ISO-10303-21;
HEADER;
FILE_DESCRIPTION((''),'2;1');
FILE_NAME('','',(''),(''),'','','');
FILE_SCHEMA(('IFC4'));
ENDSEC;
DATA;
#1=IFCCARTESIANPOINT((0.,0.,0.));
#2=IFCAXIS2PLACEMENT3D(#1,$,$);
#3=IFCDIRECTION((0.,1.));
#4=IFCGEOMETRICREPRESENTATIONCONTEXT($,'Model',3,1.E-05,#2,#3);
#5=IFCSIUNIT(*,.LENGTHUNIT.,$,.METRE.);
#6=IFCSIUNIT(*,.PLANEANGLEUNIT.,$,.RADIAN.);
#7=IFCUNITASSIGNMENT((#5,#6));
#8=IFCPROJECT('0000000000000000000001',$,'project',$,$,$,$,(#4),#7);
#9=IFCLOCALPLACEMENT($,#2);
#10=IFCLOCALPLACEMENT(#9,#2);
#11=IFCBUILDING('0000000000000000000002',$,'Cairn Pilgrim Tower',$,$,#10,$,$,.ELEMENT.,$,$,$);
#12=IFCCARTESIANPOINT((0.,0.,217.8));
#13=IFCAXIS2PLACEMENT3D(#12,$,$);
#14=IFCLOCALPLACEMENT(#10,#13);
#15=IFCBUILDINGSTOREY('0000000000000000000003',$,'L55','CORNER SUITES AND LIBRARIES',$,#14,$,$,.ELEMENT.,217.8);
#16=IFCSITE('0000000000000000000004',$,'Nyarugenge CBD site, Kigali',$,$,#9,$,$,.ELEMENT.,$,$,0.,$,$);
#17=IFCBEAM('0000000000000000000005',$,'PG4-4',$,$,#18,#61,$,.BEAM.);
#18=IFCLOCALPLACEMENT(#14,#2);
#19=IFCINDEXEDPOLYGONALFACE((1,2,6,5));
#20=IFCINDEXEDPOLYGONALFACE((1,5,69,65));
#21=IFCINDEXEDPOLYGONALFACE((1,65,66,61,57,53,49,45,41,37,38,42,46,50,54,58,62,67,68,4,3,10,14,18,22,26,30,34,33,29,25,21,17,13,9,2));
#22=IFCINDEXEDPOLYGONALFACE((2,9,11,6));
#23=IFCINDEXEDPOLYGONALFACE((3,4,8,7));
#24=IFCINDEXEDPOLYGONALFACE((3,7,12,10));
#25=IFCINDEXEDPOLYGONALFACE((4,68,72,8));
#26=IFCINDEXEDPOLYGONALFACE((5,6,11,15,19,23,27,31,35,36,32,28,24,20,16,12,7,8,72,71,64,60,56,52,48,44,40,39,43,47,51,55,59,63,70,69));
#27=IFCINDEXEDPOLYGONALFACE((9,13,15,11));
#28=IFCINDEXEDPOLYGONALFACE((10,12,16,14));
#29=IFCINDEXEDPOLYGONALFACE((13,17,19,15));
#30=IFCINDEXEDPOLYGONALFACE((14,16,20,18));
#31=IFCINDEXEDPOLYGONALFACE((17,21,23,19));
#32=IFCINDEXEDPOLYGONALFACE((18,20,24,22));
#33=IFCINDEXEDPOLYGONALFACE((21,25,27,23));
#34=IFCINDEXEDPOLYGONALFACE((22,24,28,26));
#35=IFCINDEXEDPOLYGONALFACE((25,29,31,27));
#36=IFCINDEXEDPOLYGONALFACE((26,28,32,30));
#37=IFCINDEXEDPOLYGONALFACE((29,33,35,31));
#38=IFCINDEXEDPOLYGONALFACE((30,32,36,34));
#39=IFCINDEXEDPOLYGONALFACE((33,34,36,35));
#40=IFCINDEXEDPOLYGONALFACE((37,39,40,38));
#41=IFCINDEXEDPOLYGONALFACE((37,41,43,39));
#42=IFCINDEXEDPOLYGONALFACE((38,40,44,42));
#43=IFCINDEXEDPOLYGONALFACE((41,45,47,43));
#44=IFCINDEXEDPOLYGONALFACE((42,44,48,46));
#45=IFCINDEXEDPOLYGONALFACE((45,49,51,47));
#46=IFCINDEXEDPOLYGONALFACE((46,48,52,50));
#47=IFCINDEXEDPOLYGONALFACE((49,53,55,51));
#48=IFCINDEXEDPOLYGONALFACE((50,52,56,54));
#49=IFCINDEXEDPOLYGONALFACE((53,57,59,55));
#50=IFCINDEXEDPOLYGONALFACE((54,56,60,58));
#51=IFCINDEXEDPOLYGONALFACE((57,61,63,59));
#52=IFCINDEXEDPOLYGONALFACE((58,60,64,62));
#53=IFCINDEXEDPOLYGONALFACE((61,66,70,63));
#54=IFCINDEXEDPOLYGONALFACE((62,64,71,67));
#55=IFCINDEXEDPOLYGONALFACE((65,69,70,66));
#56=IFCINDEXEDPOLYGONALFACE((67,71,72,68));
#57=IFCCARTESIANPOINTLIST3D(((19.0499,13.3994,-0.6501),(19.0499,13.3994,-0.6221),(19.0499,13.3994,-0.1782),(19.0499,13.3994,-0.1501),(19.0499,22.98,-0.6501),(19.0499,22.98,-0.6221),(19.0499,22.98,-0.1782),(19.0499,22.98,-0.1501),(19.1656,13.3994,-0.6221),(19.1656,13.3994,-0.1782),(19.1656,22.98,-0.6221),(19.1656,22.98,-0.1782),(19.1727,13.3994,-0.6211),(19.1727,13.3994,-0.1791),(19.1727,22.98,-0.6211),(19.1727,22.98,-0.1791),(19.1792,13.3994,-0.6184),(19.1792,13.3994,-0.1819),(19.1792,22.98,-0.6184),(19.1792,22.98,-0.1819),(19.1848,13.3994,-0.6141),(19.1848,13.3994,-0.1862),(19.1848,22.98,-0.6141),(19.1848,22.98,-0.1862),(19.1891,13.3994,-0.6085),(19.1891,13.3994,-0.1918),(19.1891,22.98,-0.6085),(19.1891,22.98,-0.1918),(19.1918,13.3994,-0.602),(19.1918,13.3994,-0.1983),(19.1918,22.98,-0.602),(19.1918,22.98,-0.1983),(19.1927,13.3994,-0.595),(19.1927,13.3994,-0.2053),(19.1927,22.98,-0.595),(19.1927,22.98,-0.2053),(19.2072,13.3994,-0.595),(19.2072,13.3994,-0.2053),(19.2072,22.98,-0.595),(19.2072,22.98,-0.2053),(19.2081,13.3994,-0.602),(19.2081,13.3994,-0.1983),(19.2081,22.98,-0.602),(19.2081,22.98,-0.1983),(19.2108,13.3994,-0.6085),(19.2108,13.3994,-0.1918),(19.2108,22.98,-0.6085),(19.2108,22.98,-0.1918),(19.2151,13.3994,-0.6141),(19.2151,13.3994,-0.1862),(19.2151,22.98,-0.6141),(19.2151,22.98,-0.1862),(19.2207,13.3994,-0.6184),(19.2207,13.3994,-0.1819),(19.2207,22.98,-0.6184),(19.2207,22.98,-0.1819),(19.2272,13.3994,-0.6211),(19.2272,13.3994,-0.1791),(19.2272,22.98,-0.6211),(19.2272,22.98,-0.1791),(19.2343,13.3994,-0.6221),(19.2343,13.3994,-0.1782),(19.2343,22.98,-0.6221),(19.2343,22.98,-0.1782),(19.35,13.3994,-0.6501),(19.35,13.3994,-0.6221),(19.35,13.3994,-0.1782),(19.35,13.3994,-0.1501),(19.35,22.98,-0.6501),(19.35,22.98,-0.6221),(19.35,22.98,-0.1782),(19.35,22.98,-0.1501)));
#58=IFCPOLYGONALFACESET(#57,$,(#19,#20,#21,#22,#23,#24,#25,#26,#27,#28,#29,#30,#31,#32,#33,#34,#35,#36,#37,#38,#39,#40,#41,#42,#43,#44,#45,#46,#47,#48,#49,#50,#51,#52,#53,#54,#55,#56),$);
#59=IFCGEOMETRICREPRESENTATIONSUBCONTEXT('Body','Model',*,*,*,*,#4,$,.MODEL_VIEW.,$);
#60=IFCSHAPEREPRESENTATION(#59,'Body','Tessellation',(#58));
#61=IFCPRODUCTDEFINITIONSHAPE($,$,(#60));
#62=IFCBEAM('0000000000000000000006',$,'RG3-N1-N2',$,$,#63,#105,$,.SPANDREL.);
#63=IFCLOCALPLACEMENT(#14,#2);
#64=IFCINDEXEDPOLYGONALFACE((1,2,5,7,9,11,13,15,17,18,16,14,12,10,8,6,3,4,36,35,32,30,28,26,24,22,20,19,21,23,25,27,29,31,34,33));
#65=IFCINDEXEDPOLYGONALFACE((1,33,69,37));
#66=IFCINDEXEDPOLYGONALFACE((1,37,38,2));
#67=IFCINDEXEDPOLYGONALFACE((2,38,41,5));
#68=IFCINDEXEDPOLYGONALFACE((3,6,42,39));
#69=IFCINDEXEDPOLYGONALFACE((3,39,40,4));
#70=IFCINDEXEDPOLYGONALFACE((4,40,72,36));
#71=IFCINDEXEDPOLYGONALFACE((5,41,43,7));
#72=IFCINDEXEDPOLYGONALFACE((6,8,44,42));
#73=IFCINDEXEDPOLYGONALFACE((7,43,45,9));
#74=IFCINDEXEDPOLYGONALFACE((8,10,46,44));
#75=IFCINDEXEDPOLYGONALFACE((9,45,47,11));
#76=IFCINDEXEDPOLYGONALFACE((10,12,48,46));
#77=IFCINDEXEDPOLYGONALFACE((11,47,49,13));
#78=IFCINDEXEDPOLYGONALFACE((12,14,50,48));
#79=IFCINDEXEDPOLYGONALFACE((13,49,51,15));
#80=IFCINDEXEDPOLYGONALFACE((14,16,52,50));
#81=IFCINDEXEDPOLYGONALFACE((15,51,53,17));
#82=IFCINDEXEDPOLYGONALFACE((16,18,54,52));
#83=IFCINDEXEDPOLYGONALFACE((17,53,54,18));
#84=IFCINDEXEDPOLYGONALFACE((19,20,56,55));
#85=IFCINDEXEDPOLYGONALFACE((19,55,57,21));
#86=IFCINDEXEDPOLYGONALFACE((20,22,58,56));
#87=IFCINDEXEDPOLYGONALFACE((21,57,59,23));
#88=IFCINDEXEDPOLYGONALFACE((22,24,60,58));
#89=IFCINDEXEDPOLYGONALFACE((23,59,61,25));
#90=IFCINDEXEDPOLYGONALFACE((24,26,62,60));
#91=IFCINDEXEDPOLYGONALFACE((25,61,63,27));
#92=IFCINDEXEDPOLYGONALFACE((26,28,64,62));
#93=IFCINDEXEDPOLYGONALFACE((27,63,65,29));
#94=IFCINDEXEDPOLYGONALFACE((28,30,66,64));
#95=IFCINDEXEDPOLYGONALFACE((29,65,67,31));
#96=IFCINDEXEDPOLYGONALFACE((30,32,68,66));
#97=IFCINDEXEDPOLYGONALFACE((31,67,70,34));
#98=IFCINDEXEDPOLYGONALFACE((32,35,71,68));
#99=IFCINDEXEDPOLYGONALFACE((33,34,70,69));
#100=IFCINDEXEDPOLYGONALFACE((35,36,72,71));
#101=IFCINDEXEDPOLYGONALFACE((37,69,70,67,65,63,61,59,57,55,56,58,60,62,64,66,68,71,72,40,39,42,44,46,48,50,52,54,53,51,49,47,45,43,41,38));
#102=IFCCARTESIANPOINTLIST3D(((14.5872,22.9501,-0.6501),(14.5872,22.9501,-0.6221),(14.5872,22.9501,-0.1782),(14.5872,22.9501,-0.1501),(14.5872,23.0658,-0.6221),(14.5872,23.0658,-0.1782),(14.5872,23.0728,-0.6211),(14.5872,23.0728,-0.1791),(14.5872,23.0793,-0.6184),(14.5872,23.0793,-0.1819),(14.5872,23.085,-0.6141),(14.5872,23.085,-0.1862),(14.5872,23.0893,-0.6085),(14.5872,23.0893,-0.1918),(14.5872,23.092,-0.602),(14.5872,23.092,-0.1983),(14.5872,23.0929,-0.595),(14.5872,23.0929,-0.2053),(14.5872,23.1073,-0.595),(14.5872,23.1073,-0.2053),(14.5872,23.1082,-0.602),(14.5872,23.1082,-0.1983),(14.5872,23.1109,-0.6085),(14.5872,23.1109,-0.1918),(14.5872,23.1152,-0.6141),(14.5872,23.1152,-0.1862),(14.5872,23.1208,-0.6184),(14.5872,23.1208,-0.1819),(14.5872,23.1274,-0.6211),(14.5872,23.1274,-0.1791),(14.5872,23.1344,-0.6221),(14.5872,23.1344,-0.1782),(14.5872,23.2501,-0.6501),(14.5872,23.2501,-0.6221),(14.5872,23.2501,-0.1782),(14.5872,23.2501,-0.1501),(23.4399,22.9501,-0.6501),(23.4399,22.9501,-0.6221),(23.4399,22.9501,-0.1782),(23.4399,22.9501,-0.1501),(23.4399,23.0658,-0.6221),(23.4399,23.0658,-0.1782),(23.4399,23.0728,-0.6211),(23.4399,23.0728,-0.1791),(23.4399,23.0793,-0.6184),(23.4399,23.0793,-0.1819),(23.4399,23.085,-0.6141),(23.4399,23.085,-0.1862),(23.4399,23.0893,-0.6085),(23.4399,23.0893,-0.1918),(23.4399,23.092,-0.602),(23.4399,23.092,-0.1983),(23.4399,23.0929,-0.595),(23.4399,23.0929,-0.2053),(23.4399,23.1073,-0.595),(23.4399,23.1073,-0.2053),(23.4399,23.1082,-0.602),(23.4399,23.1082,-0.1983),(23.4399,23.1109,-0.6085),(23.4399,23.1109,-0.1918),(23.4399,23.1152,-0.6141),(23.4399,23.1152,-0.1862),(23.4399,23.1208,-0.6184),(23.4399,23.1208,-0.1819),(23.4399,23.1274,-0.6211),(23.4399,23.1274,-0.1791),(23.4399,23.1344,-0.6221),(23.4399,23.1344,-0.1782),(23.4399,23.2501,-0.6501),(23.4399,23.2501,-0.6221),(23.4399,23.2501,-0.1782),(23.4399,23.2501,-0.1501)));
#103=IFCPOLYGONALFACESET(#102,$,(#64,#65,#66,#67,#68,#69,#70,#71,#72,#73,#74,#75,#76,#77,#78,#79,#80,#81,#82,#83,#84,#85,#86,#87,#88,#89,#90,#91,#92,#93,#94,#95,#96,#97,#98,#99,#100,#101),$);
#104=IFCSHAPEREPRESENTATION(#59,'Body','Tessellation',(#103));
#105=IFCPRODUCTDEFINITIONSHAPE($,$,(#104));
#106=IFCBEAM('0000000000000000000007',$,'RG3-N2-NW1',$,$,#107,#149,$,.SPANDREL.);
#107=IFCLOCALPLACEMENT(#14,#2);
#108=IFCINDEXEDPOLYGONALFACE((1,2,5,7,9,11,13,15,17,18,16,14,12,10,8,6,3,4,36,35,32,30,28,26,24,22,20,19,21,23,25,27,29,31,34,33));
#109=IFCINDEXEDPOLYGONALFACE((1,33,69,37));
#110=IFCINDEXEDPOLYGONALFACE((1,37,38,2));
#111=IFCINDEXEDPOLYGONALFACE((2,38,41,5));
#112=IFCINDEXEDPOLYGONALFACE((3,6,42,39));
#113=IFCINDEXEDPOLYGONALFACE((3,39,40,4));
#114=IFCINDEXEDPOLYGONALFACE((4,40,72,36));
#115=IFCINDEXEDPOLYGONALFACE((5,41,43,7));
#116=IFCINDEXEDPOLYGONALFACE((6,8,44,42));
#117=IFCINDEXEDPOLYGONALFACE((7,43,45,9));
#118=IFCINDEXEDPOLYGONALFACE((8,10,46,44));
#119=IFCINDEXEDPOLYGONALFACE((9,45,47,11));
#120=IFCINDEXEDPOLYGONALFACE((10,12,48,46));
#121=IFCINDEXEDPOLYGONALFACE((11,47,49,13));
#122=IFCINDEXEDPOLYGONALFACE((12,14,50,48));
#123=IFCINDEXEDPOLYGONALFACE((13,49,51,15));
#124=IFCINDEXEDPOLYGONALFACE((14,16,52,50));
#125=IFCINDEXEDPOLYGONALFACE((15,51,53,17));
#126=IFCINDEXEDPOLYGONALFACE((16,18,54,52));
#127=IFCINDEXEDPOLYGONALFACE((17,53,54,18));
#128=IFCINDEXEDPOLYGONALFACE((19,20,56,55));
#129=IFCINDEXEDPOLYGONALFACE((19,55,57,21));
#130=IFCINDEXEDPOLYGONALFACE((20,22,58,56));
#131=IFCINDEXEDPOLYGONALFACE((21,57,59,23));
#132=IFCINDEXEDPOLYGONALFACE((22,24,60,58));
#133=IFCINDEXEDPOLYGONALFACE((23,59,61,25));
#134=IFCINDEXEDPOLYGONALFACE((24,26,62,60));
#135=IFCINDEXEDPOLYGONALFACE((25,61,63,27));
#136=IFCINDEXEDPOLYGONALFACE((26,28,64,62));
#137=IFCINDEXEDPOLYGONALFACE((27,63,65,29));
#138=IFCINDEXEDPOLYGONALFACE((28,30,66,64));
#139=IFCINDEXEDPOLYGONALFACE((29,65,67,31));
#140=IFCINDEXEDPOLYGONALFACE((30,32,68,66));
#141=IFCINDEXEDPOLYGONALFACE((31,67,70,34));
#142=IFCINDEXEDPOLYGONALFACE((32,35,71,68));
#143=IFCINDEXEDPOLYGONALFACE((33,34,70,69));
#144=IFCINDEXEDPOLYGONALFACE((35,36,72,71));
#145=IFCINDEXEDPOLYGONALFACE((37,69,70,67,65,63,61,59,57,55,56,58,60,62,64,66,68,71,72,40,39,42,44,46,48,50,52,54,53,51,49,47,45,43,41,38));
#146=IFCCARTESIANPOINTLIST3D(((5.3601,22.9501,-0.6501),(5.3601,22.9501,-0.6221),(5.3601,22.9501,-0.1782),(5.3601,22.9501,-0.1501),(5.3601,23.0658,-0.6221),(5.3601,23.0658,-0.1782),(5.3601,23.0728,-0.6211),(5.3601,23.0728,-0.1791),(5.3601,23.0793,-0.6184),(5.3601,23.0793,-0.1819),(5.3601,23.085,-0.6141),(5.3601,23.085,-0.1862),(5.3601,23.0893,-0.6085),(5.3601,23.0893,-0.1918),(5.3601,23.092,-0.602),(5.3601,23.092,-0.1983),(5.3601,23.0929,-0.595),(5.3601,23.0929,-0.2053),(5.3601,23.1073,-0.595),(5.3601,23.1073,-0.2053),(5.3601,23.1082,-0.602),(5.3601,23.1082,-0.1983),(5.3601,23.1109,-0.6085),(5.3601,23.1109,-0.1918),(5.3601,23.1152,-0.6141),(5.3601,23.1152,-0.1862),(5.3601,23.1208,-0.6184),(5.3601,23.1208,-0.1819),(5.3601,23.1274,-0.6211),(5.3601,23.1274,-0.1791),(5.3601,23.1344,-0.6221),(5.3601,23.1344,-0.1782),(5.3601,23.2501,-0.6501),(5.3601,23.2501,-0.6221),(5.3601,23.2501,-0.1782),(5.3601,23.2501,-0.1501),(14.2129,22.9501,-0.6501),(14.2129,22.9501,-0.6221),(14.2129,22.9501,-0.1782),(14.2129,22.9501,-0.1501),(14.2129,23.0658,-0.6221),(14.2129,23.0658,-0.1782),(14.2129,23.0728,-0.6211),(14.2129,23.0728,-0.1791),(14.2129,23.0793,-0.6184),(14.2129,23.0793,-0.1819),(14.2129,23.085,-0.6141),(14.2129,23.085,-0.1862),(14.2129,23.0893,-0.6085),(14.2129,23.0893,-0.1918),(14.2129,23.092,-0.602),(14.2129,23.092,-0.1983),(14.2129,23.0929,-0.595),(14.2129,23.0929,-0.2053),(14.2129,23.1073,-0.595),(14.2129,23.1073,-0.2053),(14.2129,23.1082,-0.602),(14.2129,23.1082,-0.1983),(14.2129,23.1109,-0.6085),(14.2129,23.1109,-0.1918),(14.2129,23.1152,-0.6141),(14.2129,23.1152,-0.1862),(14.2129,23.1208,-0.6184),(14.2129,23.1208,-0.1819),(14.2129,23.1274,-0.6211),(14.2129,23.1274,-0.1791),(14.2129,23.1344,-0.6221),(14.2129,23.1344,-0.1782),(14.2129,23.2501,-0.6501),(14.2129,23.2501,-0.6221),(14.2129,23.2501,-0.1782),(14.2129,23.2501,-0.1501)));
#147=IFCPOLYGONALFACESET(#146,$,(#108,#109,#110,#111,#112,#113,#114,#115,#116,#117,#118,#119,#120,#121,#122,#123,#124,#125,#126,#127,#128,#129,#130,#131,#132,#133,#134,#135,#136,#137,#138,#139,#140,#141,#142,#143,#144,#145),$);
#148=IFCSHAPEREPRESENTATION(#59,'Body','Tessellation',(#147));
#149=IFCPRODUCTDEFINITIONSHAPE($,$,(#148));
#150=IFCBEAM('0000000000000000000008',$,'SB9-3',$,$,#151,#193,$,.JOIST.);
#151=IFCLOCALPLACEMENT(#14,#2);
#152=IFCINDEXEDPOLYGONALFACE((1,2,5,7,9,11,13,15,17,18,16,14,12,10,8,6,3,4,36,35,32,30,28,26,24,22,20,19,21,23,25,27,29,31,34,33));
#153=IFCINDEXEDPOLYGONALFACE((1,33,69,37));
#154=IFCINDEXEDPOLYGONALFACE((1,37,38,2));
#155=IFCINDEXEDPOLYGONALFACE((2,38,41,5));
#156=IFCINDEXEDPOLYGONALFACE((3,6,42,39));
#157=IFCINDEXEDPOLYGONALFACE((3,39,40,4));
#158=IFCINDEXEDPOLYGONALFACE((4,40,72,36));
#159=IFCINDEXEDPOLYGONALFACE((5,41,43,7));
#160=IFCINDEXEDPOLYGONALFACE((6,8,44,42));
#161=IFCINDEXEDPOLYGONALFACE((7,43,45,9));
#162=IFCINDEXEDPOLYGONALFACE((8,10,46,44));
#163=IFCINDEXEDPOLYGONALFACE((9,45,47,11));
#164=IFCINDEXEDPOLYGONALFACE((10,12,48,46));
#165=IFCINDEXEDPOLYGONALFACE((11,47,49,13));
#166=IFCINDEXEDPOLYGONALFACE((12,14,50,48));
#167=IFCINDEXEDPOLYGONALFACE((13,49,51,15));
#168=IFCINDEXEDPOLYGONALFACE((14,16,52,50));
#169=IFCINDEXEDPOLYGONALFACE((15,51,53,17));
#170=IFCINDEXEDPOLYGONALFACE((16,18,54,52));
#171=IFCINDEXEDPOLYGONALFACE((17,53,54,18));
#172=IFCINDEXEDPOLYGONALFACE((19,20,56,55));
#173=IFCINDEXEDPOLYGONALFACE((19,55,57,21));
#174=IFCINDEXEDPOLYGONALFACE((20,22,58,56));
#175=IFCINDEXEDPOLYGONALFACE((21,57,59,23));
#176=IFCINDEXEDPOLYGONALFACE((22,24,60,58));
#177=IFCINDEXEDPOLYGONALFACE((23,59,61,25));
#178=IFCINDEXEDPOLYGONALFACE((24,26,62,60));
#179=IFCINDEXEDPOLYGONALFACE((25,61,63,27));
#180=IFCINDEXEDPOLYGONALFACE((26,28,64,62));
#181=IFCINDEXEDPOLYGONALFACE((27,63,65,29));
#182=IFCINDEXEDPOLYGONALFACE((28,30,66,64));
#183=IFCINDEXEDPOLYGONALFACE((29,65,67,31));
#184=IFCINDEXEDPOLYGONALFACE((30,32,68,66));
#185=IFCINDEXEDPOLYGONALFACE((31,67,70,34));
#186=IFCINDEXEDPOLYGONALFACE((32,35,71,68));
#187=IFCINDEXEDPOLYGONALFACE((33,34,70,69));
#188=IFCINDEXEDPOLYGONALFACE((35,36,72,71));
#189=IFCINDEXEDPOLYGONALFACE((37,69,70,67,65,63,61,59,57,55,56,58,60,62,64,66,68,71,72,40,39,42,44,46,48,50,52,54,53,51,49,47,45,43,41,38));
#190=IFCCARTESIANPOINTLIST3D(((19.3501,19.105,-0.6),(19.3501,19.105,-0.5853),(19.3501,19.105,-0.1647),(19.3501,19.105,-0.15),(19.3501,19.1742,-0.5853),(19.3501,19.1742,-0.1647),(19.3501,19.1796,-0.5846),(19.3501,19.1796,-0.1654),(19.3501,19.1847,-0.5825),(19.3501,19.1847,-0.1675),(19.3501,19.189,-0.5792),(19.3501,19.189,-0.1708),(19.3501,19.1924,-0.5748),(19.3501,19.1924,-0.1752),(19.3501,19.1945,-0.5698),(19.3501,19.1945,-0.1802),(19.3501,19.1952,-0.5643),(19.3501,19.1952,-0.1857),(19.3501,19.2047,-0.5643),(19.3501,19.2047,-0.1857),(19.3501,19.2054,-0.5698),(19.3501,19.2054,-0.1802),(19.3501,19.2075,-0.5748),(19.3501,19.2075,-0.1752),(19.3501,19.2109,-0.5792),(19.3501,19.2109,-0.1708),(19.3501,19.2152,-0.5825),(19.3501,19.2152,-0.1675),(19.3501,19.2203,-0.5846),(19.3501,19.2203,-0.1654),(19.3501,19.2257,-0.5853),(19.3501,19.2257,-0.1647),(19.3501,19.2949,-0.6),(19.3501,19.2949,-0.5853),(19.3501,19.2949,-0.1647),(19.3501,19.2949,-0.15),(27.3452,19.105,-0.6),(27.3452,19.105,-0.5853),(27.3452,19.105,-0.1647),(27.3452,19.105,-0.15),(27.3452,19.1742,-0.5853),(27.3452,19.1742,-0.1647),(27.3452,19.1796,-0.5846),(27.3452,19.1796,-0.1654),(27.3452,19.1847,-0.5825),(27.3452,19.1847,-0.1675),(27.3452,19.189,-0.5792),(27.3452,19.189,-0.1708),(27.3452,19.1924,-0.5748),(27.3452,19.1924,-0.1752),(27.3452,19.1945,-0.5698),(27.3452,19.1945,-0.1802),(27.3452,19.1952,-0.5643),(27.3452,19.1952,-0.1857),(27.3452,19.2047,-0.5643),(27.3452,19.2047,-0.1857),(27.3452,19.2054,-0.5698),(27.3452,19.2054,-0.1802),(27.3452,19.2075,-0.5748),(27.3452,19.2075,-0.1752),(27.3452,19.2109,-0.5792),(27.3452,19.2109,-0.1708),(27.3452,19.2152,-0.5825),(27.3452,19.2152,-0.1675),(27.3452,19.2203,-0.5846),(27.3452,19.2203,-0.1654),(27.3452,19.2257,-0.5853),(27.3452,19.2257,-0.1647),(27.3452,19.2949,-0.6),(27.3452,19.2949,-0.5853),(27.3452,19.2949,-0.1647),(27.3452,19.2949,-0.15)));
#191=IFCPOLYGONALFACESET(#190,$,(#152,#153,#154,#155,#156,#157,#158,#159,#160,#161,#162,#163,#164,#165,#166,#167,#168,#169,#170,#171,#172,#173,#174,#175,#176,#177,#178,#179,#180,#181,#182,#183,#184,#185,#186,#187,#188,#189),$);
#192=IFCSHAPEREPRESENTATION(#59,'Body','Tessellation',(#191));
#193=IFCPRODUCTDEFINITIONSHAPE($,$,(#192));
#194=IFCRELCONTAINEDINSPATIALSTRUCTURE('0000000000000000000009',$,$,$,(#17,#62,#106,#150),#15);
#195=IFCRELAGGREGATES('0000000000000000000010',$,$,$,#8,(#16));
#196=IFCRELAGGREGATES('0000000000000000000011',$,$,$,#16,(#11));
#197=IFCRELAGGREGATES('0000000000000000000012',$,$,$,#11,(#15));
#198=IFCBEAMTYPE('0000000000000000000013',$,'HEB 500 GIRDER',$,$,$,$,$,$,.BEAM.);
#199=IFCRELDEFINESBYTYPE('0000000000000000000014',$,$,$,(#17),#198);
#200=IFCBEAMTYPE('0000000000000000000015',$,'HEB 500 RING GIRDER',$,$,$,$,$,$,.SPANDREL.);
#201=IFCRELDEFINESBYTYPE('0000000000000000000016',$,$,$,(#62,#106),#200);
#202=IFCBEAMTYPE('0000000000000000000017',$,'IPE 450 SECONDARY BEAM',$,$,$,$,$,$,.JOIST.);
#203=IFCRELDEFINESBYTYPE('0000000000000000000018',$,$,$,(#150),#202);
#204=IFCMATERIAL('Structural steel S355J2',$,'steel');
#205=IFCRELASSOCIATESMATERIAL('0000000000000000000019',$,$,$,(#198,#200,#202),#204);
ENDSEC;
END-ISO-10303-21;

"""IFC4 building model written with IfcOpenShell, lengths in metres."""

from ifc_helpers import new_model, si_unit, direction, frame, origin, origin_2d, place, context, subcontext, project, spatial, i_section, extrude, material, material_profile, profile_set, type_object, element, save


model = new_model("IFC4")

# Units and contexts
model_context = context("Model", 3, precision=1e-05, world=origin(), true_north=direction((0.0, 1.0)))
body_context = subcontext(model_context, "Body", "Model", "MODEL_VIEW")
ifc_project = project(units=[si_unit("LENGTHUNIT", "METRE"), si_unit("PLANEANGLEUNIT", "RADIAN")], contexts=[model_context])

# Site, building, storey
site_placement = place(None, origin())
site = spatial("IfcSite", under=ifc_project, at=site_placement, Name="Nyarugenge CBD site, Kigali", CompositionType="ELEMENT", RefElevation=0.0)
building_placement = place(site_placement, origin())
building = spatial("IfcBuilding", under=site, at=building_placement, Name="Cairn Pilgrim Tower", CompositionType="ELEMENT")
storey_placement = place(building_placement, frame((0.0, 0.0, 217.8)))
storey = spatial("IfcBuildingStorey", under=building, at=storey_placement, Name="L55", Description="CORNER SUITES AND LIBRARIES", CompositionType="ELEMENT", Elevation=217.8)

# Shared definitions
ifc_material_1 = material(Name="Structural steel S355J2", Category="steel")

# Beams
ifc_material_profile_1 = material_profile(ifc_material_1, i_section(OverallWidth=0.3, OverallDepth=0.5, WebThickness=0.0144, FlangeThickness=0.0281, FilletRadius=0.0271, at=origin_2d()), Name="HEB 500")
ifc_profile_set_1 = profile_set([ifc_material_profile_1], Name="Structural steel S355J2")
beam_type_1 = type_object("IfcBeamType", Name="HEB 500 GIRDER", PredefinedType="BEAM", material=ifc_profile_set_1)
beam_1_placement = place(storey_placement, frame((19.2, 13.3994, -0.4001), z_axis=(0.0, 1.0, 0.0), x_axis=(-1.0, 0.0, 0.0)))
element("IfcBeam", 1, at=beam_1_placement, inside=storey, type_object=beam_type_1, Name="PG4-4", PredefinedType="BEAM", context=body_context, shape_type="SweptSolid", body=[
    extrude(i_section(OverallWidth=0.3, OverallDepth=0.5, WebThickness=0.0144, FlangeThickness=0.0281, FilletRadius=0.0271, at=origin_2d()), origin(), (0.0, 0.0, 1.0), 9.5806),
])
ifc_material_profile_2 = material_profile(ifc_material_1, i_section(OverallWidth=0.3, OverallDepth=0.5, WebThickness=0.0144, FlangeThickness=0.0281, FilletRadius=0.0271, at=origin_2d()), Name="HEB 500")
ifc_profile_set_2 = profile_set([ifc_material_profile_2], Name="Structural steel S355J2")
beam_type_2 = type_object("IfcBeamType", Name="HEB 500 RING GIRDER", PredefinedType="SPANDREL", material=ifc_profile_set_2)
for number, where, z_axis, x_axis, name in (
    (2, (23.4399, 23.1001, -0.4001), (-1.0, 0.0, 0.0), (0.0, -1.0, 0.0), "RG3-N1-N2"),
    (3, (14.2129, 23.1001, -0.4001), (-1.0, 0.0, 0.0), (0.0, -1.0, 0.0), "RG3-N2-NW1"),
):
    element("IfcBeam", number, at=place(storey_placement, frame(where, z_axis=z_axis, x_axis=x_axis)), inside=storey, type_object=beam_type_2, Name=name, PredefinedType="SPANDREL", context=body_context, shape_type="SweptSolid", body=[
        extrude(i_section(OverallWidth=0.3, OverallDepth=0.5, WebThickness=0.0144, FlangeThickness=0.0281, FilletRadius=0.0271, at=origin_2d()), origin(), (0.0, 0.0, 1.0), 8.8528),
    ])
ifc_material_profile_3 = material_profile(ifc_material_1, i_section(OverallWidth=0.1899, OverallDepth=0.45, WebThickness=0.0095, FlangeThickness=0.0146, FilletRadius=0.021, at=origin_2d()), Name="IPE 450")
ifc_profile_set_3 = profile_set([ifc_material_profile_3], Name="Structural steel S355J2")
beam_type_3 = type_object("IfcBeamType", Name="IPE 450 SECONDARY BEAM", PredefinedType="JOIST", material=ifc_profile_set_3)
beam_2_placement = place(storey_placement, frame((19.3501, 19.2, -0.375), z_axis=(1.0, 0.0, 0.0), x_axis=(0.0, 1.0, 0.0)))
element("IfcBeam", 4, at=beam_2_placement, inside=storey, type_object=beam_type_3, Name="SB9-3", PredefinedType="JOIST", context=body_context, shape_type="SweptSolid", body=[
    extrude(i_section(OverallWidth=0.1899, OverallDepth=0.45, WebThickness=0.0095, FlangeThickness=0.0146, FilletRadius=0.021, at=origin_2d()), origin(), (0.0, 0.0, 1.0), 7.9951),
])

save(model, "model.ifc")
